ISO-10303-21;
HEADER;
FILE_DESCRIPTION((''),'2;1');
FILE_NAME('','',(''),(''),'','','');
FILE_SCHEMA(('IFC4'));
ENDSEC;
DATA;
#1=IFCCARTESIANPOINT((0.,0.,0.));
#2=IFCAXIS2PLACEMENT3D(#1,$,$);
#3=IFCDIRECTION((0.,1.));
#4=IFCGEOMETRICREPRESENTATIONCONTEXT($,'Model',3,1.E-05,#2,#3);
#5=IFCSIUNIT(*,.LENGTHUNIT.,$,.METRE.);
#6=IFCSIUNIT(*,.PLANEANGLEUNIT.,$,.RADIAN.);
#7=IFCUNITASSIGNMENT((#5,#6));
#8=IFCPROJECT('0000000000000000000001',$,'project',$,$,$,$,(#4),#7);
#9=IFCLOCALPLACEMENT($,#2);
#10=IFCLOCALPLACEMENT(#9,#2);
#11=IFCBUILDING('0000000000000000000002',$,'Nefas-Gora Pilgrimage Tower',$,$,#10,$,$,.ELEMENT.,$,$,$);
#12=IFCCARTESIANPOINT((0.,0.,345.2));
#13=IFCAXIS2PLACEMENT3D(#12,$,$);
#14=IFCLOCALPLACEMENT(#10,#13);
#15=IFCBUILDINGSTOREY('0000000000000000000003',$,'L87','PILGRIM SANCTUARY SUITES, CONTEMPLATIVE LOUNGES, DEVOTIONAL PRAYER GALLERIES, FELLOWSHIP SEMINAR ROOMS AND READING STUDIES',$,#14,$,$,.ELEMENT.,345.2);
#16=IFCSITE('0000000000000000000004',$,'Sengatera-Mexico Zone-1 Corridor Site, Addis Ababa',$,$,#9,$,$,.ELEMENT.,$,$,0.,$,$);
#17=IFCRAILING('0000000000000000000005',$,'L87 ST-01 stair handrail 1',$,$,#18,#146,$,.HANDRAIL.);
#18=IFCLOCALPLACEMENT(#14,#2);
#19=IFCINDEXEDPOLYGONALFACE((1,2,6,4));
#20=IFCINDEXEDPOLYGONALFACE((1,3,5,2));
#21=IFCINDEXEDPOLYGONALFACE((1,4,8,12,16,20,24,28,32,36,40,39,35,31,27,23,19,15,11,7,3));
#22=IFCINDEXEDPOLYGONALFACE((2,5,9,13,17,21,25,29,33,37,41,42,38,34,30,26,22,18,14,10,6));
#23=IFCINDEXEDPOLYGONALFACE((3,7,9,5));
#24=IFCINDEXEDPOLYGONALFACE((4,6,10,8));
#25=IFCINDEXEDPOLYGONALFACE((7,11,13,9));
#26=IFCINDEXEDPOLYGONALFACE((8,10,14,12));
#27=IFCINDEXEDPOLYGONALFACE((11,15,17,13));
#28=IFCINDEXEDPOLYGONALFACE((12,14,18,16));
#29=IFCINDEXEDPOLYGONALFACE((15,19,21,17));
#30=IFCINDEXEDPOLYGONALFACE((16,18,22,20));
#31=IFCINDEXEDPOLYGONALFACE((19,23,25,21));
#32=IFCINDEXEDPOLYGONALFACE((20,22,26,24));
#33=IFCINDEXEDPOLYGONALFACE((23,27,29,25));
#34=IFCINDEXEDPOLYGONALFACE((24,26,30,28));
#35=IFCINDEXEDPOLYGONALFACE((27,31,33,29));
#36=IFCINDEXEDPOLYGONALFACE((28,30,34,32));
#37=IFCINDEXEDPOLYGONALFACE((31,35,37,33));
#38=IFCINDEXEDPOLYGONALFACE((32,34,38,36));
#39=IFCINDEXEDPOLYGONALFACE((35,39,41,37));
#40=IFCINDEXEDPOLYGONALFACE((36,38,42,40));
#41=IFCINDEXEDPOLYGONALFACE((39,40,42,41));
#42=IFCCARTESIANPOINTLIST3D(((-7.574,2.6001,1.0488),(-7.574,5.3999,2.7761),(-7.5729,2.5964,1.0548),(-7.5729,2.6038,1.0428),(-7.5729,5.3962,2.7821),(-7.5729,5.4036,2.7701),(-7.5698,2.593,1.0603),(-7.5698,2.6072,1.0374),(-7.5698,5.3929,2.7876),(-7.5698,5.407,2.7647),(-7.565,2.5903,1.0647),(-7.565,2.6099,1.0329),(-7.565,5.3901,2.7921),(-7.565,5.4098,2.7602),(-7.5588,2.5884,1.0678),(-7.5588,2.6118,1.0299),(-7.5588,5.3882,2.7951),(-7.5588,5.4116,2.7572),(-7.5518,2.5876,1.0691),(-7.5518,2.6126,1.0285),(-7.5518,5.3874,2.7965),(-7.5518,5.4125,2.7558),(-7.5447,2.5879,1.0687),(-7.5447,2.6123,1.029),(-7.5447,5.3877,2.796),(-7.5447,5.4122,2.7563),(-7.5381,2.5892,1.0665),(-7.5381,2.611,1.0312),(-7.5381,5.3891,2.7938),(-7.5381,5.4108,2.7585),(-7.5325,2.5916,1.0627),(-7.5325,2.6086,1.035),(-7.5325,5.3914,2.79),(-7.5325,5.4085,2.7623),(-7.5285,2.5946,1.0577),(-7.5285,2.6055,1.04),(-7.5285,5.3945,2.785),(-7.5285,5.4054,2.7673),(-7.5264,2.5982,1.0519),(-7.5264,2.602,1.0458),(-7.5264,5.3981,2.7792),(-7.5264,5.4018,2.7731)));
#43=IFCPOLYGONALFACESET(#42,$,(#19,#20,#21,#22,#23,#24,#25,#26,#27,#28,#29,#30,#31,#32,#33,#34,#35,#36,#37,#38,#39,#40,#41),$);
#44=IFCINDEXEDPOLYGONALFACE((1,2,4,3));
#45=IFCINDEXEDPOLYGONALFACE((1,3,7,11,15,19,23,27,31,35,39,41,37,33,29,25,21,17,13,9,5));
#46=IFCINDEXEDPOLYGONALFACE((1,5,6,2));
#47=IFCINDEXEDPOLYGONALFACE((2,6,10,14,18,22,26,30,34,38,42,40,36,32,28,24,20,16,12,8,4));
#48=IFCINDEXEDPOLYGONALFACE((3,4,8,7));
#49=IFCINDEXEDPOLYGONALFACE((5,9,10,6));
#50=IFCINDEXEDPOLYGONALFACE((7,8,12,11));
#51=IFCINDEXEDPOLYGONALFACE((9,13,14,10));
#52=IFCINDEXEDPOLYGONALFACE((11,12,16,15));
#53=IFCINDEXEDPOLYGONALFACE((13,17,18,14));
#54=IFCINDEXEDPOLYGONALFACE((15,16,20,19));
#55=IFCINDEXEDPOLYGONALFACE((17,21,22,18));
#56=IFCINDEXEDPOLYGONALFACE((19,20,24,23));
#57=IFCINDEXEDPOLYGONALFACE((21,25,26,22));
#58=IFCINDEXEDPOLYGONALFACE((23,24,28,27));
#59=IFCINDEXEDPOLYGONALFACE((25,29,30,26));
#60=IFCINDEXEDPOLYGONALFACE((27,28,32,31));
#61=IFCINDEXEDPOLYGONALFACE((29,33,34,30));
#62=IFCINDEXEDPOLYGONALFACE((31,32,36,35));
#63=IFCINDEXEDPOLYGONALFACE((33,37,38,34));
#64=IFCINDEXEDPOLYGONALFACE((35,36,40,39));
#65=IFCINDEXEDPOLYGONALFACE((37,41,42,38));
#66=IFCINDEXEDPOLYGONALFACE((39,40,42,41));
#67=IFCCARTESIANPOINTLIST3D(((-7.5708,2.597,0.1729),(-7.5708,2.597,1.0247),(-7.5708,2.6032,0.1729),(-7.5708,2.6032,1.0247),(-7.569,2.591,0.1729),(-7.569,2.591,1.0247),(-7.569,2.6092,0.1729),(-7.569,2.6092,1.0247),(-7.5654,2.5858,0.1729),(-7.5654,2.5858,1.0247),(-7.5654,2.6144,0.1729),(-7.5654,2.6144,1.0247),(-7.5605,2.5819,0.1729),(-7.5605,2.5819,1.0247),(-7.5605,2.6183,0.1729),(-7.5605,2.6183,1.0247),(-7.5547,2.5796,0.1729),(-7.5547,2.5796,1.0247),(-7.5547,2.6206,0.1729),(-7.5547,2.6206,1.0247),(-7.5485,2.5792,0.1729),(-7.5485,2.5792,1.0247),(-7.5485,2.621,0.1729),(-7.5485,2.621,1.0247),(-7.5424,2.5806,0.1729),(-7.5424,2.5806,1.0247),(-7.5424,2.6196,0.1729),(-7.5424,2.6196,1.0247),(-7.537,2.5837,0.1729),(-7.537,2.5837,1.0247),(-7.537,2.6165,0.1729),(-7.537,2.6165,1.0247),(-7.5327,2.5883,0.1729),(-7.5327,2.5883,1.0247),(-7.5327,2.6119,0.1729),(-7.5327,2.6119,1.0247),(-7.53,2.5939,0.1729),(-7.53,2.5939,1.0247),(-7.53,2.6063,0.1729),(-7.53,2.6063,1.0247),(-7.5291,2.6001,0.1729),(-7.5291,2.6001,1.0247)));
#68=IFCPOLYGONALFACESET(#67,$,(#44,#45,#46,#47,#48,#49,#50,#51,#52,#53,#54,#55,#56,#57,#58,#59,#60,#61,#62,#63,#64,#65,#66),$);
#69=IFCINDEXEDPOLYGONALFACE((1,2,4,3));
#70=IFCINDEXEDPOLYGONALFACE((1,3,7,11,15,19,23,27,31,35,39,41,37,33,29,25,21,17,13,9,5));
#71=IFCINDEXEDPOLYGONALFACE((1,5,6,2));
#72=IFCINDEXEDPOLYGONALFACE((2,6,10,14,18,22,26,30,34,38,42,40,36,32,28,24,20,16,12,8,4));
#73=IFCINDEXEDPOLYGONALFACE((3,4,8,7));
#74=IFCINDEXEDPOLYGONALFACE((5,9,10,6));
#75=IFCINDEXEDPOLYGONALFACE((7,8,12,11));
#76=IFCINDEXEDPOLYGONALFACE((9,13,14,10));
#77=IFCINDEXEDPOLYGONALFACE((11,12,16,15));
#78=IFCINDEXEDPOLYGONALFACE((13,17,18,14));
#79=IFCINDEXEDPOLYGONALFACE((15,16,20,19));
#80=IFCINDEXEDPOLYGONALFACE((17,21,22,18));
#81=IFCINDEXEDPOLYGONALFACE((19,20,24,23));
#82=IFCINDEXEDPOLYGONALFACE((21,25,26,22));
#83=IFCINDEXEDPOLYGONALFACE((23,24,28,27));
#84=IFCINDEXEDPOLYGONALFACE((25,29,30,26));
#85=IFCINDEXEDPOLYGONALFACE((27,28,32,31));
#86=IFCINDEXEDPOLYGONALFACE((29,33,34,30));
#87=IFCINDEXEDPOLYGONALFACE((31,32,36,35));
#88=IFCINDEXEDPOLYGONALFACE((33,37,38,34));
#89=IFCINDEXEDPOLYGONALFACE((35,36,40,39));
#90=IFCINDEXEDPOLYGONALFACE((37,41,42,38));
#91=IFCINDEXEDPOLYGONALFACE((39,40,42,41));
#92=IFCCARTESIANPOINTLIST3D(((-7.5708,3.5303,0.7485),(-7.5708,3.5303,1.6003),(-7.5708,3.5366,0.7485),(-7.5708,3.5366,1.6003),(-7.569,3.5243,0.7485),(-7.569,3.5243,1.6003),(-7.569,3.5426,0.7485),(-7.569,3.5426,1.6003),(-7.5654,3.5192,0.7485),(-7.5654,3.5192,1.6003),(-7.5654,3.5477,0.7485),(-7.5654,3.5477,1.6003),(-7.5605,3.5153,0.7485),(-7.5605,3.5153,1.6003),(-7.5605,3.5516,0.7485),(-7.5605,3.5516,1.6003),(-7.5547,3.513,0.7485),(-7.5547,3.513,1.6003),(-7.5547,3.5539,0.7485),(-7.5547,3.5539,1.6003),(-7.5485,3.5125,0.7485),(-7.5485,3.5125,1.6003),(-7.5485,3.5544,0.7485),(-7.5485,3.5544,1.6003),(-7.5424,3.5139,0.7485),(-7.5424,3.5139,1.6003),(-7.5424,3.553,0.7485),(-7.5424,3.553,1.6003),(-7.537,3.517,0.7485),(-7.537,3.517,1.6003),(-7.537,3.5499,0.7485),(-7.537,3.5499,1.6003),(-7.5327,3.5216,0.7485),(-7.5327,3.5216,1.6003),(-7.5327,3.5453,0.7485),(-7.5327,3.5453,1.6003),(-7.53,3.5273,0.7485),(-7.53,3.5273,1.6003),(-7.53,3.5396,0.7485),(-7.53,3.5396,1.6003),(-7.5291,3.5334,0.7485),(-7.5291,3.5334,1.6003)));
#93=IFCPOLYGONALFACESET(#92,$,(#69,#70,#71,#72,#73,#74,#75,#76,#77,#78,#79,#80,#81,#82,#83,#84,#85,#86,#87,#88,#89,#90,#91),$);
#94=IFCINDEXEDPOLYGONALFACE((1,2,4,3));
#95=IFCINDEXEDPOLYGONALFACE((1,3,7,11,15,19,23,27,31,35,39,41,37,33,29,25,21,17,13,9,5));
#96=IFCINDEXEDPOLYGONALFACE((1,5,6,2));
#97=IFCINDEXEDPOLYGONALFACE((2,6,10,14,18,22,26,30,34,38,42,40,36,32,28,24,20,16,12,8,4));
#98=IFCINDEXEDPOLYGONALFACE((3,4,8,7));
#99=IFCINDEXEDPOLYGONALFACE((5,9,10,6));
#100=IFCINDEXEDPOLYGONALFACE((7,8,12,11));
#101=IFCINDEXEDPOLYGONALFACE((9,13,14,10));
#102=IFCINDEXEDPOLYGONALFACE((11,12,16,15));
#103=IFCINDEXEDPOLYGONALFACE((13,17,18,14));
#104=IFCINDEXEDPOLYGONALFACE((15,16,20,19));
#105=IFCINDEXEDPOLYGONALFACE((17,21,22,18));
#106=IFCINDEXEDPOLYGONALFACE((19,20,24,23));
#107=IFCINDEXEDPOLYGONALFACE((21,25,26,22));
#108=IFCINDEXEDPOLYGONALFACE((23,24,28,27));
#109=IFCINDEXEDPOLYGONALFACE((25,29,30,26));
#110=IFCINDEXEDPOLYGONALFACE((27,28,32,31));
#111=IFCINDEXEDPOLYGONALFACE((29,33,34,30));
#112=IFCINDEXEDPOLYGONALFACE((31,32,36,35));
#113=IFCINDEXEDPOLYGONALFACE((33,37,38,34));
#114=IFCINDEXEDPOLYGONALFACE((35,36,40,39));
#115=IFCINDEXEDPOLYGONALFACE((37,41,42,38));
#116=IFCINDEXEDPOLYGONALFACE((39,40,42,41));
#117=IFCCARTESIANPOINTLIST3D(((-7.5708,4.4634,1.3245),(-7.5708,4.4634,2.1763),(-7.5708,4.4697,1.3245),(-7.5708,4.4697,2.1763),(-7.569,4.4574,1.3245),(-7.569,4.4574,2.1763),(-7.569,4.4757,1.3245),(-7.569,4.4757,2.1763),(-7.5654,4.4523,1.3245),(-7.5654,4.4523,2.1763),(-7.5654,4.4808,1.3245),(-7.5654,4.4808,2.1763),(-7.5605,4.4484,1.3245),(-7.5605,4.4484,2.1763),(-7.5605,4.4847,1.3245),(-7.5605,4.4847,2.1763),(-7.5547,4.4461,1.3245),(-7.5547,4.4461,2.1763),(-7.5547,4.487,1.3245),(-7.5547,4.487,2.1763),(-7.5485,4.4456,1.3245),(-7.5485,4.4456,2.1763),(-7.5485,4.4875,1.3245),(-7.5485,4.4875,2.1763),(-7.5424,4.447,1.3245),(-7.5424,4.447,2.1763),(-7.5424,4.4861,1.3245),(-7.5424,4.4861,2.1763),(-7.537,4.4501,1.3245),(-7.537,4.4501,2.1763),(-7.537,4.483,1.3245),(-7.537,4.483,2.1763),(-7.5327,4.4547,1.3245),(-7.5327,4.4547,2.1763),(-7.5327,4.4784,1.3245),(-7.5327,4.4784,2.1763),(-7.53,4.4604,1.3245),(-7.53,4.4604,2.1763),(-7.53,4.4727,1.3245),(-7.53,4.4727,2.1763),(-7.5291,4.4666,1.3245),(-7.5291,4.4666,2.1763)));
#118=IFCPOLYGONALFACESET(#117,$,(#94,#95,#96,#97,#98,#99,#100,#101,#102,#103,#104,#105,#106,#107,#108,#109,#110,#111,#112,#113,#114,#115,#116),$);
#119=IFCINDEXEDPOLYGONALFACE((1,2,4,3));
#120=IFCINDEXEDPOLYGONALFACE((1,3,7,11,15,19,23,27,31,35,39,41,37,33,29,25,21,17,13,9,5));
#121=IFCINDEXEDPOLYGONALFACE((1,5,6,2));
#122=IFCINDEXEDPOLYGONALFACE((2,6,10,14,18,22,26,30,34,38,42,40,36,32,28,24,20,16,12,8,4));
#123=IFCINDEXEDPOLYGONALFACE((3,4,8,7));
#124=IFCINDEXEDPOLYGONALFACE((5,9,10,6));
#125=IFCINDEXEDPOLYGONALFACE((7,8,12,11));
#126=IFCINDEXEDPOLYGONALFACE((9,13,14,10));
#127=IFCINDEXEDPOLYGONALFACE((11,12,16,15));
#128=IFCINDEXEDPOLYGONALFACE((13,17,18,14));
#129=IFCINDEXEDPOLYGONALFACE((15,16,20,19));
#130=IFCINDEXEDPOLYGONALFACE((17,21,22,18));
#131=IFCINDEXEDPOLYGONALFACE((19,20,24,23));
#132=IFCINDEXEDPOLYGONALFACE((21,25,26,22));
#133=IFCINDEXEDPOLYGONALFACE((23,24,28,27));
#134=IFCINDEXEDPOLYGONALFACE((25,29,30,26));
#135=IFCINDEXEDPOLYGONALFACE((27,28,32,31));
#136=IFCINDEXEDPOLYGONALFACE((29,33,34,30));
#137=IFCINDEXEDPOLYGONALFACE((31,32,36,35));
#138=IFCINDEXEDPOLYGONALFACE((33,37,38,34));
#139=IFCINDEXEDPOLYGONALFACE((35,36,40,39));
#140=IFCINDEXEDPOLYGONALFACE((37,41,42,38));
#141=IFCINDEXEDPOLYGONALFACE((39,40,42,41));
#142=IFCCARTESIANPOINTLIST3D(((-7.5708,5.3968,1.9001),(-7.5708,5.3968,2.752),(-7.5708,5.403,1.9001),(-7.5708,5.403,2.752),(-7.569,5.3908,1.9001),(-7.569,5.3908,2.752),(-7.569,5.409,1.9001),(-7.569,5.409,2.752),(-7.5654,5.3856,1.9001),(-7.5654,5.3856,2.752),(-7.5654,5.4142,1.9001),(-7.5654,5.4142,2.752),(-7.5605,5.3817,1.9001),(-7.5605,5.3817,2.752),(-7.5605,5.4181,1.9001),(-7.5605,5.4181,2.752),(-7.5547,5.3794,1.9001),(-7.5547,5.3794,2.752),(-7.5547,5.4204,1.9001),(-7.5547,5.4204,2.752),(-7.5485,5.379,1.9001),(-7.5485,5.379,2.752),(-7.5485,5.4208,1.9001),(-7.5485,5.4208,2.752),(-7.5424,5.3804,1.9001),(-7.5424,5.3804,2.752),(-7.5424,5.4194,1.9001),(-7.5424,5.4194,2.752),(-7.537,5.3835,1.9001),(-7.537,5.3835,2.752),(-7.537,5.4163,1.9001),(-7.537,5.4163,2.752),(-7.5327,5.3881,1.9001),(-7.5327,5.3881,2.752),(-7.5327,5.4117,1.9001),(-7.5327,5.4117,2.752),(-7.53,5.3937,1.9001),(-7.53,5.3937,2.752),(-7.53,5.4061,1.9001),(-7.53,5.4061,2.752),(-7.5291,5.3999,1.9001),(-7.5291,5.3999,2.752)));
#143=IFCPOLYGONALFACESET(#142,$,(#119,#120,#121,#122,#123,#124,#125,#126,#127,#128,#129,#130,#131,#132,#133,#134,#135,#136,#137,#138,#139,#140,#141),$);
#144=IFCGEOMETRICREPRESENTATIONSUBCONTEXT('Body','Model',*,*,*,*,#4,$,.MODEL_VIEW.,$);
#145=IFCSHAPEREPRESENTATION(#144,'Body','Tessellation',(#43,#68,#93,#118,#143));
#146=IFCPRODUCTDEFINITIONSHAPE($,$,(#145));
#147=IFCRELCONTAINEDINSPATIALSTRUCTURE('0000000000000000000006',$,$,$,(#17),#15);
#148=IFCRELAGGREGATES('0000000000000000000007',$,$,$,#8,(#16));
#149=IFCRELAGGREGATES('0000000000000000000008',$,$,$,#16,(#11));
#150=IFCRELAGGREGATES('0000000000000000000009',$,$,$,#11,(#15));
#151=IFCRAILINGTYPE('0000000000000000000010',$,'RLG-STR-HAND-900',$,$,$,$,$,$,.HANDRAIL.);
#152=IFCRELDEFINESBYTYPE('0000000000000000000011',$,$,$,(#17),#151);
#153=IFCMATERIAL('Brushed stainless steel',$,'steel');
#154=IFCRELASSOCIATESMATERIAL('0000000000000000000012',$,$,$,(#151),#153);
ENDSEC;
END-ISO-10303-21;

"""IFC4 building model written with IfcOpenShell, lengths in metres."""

from ifc_helpers import new_model, si_unit, direction, frame, origin, origin_2d, place, context, subcontext, project, spatial, circle, extrude, material, type_object, element, save


model = new_model("IFC4")

# Units and contexts
model_context = context("Model", 3, precision=1e-05, world=origin(), true_north=direction((0.0, 1.0)))
body_context = subcontext(model_context, "Body", "Model", "MODEL_VIEW")
ifc_project = project(units=[si_unit("LENGTHUNIT", "METRE"), si_unit("PLANEANGLEUNIT", "RADIAN")], contexts=[model_context])

# Site, building, storey
site_placement = place(None, origin())
site = spatial("IfcSite", under=ifc_project, at=site_placement, Name="Sengatera-Mexico Zone-1 Corridor Site, Addis Ababa", CompositionType="ELEMENT", RefElevation=0.0)
building_placement = place(site_placement, origin())
building = spatial("IfcBuilding", under=site, at=building_placement, Name="Nefas-Gora Pilgrimage Tower", CompositionType="ELEMENT")
storey_placement = place(building_placement, frame((0.0, 0.0, 345.2)))
storey = spatial("IfcBuildingStorey", under=building, at=storey_placement, Name="L87", Description="PILGRIM SANCTUARY SUITES, CONTEMPLATIVE LOUNGES, DEVOTIONAL PRAYER GALLERIES, FELLOWSHIP SEMINAR ROOMS AND READING STUDIES", CompositionType="ELEMENT", Elevation=345.2)

# Railing
ifc_material_1 = material(Name="Brushed stainless steel", Category="steel")
railing_type_1 = type_object("IfcRailingType", Name="RLG-STR-HAND-900", PredefinedType="HANDRAIL", material=ifc_material_1)
railing_1_placement = place(storey_placement, frame((-7.55, 2.6001, 0.1729)))
element("IfcRailing", 1, at=railing_1_placement, inside=storey, type_object=railing_type_1, Name="L87 ST-01 stair handrail 1", PredefinedType="HANDRAIL", context=body_context, shape_type="SweptSolid", body=[
    extrude(circle(Radius=0.0239, at=origin_2d()), frame((0.0, 0.0, 0.876), z_axis=(0.0, 0.851069, 0.525054), x_axis=(-1.0, 0.0, 0.0)), (0.0, 0.0, 1.0), 3.2898),
    extrude(circle(Radius=0.021, at=origin_2d()), origin(), (0.0, 0.0, 1.0), 0.8518),
    extrude(circle(Radius=0.021, at=origin_2d()), frame((0.0, 0.9333, 0.5757)), (0.0, 0.0, 1.0), 0.8518),
    extrude(circle(Radius=0.021, at=origin_2d()), frame((0.0, 1.8665, 1.1516)), (0.0, 0.0, 1.0), 0.8518),
    extrude(circle(Radius=0.021, at=origin_2d()), frame((0.0, 2.7998, 1.7273)), (0.0, 0.0, 1.0), 0.8518),
])

save(model, "model.ifc")
